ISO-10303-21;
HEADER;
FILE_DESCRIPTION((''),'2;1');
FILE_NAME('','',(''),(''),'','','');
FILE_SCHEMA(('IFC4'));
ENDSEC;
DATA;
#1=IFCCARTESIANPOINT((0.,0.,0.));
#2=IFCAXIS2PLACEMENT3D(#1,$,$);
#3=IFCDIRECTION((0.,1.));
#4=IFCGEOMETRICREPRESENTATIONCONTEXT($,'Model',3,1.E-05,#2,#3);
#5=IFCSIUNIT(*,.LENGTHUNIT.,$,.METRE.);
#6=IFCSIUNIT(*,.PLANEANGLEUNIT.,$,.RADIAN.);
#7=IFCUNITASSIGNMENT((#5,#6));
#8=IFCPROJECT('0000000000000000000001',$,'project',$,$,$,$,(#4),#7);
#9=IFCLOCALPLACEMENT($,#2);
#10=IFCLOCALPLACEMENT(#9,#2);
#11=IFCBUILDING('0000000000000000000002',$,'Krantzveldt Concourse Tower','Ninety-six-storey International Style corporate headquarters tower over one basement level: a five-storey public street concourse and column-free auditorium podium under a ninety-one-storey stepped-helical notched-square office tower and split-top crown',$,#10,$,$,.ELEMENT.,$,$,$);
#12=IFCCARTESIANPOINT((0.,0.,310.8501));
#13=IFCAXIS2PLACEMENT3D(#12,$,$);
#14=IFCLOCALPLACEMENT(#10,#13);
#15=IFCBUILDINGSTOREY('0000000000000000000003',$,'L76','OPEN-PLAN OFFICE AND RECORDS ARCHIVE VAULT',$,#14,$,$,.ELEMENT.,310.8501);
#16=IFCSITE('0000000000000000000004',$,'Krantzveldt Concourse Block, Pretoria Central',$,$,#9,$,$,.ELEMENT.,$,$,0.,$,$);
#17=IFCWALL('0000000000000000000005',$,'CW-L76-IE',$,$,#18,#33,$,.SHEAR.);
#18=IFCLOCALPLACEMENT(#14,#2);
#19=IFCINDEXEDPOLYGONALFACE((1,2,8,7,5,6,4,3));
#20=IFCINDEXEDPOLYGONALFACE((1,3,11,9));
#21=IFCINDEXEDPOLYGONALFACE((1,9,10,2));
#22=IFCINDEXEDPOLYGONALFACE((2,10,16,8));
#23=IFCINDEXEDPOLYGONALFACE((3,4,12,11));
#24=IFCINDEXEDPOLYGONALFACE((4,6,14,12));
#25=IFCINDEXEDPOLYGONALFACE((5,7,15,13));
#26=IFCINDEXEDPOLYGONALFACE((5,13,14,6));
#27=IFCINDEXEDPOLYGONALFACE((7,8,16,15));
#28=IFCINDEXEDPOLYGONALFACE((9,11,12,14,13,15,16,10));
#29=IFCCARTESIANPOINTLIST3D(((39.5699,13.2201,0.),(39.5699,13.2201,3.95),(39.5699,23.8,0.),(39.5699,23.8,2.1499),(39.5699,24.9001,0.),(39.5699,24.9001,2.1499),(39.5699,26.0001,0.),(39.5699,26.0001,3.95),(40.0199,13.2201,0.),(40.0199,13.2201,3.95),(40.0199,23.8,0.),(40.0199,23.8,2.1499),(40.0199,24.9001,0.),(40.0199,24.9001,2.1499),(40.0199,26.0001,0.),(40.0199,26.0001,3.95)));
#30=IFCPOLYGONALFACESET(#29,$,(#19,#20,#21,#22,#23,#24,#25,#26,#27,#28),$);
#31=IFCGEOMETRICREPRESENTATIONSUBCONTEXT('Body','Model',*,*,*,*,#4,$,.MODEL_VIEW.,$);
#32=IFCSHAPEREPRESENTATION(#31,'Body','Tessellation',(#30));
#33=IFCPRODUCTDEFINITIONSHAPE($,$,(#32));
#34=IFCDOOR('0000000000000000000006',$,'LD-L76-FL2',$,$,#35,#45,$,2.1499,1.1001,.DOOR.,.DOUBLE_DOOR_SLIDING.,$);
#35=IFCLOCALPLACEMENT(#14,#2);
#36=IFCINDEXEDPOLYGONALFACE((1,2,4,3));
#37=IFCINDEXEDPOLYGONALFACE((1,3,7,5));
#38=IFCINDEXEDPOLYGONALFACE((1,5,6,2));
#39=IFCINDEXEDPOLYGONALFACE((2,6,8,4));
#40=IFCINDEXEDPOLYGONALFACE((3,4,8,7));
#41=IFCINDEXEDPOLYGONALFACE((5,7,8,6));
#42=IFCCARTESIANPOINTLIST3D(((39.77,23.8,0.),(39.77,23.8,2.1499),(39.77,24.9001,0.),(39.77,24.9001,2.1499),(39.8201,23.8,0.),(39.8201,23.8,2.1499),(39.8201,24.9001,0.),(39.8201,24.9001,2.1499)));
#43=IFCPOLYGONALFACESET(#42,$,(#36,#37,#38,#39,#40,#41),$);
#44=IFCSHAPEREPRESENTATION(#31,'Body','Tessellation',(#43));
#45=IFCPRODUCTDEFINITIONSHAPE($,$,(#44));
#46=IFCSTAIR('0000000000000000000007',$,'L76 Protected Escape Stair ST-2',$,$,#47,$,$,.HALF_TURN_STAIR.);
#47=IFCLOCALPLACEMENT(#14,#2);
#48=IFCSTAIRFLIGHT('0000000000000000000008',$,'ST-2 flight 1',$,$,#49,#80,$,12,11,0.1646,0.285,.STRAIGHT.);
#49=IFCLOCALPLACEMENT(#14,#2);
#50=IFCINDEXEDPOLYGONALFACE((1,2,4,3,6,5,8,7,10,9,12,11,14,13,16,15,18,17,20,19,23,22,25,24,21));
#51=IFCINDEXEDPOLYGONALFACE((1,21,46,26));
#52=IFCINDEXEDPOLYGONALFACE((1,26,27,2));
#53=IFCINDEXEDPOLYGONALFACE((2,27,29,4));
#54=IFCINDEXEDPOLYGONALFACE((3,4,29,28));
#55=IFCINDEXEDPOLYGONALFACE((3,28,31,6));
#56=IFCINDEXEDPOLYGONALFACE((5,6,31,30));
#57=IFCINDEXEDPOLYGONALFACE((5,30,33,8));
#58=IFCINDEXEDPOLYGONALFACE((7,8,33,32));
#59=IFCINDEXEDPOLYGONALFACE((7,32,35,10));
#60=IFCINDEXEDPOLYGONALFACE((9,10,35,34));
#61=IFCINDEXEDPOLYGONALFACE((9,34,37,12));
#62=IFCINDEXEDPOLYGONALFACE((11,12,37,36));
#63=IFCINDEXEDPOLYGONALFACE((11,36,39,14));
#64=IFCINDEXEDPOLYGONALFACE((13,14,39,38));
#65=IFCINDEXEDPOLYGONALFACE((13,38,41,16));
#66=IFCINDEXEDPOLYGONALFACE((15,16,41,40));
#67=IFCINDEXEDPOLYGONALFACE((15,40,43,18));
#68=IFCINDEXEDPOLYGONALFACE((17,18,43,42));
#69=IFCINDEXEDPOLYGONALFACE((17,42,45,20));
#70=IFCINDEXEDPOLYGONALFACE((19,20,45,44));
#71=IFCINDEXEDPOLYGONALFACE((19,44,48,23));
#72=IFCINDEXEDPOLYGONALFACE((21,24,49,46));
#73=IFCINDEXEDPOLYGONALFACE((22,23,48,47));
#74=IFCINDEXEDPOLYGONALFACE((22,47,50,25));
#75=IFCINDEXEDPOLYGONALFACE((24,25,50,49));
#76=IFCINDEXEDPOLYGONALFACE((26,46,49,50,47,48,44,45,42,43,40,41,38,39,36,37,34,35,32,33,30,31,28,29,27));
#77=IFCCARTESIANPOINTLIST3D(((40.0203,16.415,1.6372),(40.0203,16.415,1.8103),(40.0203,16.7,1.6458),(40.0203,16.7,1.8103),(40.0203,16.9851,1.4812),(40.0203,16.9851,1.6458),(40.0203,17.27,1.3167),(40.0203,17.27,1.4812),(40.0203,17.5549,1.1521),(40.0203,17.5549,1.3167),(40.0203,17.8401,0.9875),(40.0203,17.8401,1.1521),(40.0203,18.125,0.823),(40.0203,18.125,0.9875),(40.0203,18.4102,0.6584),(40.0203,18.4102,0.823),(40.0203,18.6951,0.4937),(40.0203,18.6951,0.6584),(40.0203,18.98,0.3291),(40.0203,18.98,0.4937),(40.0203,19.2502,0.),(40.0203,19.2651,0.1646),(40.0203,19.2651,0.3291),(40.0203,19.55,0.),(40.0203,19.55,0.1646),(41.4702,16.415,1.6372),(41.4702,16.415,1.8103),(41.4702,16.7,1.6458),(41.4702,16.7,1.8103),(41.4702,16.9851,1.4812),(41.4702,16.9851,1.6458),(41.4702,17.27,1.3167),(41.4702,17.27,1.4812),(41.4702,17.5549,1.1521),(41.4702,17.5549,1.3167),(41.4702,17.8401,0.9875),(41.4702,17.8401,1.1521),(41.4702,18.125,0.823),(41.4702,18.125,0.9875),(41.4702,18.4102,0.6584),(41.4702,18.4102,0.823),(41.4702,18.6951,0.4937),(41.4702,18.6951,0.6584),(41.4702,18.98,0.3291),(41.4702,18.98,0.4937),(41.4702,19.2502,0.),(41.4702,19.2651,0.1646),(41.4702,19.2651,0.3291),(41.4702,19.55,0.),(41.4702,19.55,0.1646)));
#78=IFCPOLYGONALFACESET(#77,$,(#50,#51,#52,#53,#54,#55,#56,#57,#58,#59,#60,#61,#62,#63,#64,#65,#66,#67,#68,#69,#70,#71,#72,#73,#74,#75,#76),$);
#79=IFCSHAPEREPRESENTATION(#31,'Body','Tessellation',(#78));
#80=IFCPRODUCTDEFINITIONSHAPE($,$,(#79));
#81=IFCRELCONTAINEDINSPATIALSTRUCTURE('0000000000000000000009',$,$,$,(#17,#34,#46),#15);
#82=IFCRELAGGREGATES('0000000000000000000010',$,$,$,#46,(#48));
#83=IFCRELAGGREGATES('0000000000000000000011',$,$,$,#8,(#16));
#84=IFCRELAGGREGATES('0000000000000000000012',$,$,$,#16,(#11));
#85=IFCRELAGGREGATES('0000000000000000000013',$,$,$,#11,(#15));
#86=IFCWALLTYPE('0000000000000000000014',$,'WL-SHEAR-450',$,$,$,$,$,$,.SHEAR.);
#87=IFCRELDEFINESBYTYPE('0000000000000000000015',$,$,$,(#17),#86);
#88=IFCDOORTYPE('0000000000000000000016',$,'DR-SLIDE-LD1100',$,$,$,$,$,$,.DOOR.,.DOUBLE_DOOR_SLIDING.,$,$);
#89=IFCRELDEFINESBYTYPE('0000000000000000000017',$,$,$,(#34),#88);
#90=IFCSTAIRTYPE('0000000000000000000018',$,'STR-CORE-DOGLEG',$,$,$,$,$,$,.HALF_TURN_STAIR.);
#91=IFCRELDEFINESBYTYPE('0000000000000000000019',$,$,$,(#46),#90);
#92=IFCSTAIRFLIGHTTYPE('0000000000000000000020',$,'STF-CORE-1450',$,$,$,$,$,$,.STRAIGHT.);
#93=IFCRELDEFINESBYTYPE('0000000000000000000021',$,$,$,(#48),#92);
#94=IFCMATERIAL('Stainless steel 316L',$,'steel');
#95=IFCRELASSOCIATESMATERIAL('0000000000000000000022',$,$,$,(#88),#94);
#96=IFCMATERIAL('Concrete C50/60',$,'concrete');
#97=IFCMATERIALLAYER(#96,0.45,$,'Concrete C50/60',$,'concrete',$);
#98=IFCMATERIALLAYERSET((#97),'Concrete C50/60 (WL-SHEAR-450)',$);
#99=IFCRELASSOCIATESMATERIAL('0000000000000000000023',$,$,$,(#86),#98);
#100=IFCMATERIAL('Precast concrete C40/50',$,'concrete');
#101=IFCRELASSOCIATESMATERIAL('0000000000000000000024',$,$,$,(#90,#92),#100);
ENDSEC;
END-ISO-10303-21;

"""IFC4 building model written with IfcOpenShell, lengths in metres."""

from ifc_helpers import new_model, si_unit, direction, frame, frame_2d, origin, place, context, subcontext, project, spatial, polyline, rectangle, outline, extrude, material, layer, layer_set, type_object, element, fill, aggregate, save


model = new_model("IFC4")

# Units and contexts
model_context = context("Model", 3, precision=1e-05, world=origin(), true_north=direction((0.0, 1.0)))
body_context = subcontext(model_context, "Body", "Model", "MODEL_VIEW")
ifc_project = project(units=[si_unit("LENGTHUNIT", "METRE"), si_unit("PLANEANGLEUNIT", "RADIAN")], contexts=[model_context])

# Site, building, storey
site_placement = place(None, origin())
site = spatial("IfcSite", under=ifc_project, at=site_placement, Name="Krantzveldt Concourse Block, Pretoria Central", CompositionType="ELEMENT", RefElevation=0.0)
building_placement = place(site_placement, origin())
building = spatial("IfcBuilding", under=site, at=building_placement, Name="Krantzveldt Concourse Tower", Description="Ninety-six-storey International Style corporate headquarters tower over one basement level: a five-storey public street concourse and column-free auditorium podium under a ninety-one-storey stepped-helical notched-square office tower and split-top crown", CompositionType="ELEMENT")
storey_placement = place(building_placement, frame((0.0, 0.0, 310.8501)))
storey = spatial("IfcBuildingStorey", under=building, at=storey_placement, Name="L76", Description="OPEN-PLAN OFFICE AND RECORDS ARCHIVE VAULT", CompositionType="ELEMENT", Elevation=310.8501)

# Shared definitions
ifc_material_1 = material(Name="Stainless steel 316L", Category="steel")
door_type_1 = type_object("IfcDoorType", Name="DR-SLIDE-LD1100", OperationType="DOUBLE_DOOR_SLIDING", PredefinedType="DOOR", material=ifc_material_1)

# Shared definitions
ifc_material_2 = material(Name="Concrete C50/60", Category="concrete")

# Wall, opening, door
ifc_layer_1 = layer(ifc_material_2, 0.45, Name="Concrete C50/60", Category="concrete")
ifc_layer_set_1 = layer_set([ifc_layer_1], Name="Concrete C50/60 (WL-SHEAR-450)")
wall_type_1 = type_object("IfcWallType", Name="WL-SHEAR-450", PredefinedType="SHEAR", material=ifc_layer_set_1)
wall_1_placement = place(storey_placement, frame((39.7949, 13.22, 0.0), z_axis=(0.0, 0.0, 1.0), x_axis=(0.0, 1.0, 0.0)))
wall_1 = element("IfcWall", 1, at=wall_1_placement, inside=storey, type_object=wall_type_1, Name="CW-L76-IE", PredefinedType="SHEAR", context=body_context, shape_type="SweptSolid", body=[
    extrude(rectangle(XDim=12.78, YDim=0.45, at=frame_2d((6.3901, 0.0))), origin(), (0.0, 0.0, 1.0), 3.95),
])
opening_1_placement = place(wall_1_placement, frame((10.5801, 0.0, 0.0)))
opening_1 = element("IfcOpeningElement", 2, at=opening_1_placement, cuts=wall_1, PredefinedType="OPENING", context=body_context, shape_type="SweptSolid", body=[
    extrude(rectangle(XDim=1.1001, YDim=2.1499, at=frame_2d((0.55, 1.075))), frame((0.0, 0.2349, 0.0), z_axis=(0.0, -1.0, 0.0), x_axis=(1.0, 0.0, 0.0)), (0.0, 0.0, 1.0), 0.47),
])
door_1_placement = place(opening_1_placement, origin())
door_1 = element("IfcDoor", 3, at=door_1_placement, inside=storey, type_object=door_type_1, Name="LD-L76-FL2", OperationType="DOUBLE_DOOR_SLIDING", OverallHeight=2.1499, OverallWidth=1.1001, PredefinedType="DOOR", context=body_context, shape_type="SweptSolid", body=[
    extrude(rectangle(XDim=1.1001, YDim=2.1499, at=frame_2d((0.55, 1.075))), frame((0.0, 0.0249, 0.0), z_axis=(0.0, -1.0, 0.0), x_axis=(1.0, 0.0, 0.0)), (0.0, 0.0, 1.0), 0.05),
])
fill(opening_1, door_1)

# Stair, stair flight
ifc_material_3 = material(Name="Precast concrete C40/50", Category="concrete")
stair_type = type_object("IfcStairType", Name="STR-CORE-DOGLEG", PredefinedType="HALF_TURN_STAIR", material=ifc_material_3)
stair_placement = place(storey_placement, origin())
stair = element("IfcStair", 4, at=stair_placement, inside=storey, type_object=stair_type, Name="L76 Protected Escape Stair ST-2", PredefinedType="HALF_TURN_STAIR")
stair_flight_type = type_object("IfcStairFlightType", Name="STF-CORE-1450", PredefinedType="STRAIGHT", material=ifc_material_3)
stair_flight_placement = place(storey_placement, frame((40.7451, 19.55, 0.0), z_axis=(0.0, 0.0, 1.0), x_axis=(0.0, -1.0, 0.0)))
stair_flight = element("IfcStairFlight", 5, at=stair_flight_placement, type_object=stair_flight_type, Name="ST-2 flight 1", NumberOfRisers=12, NumberOfTreads=11, PredefinedType="STRAIGHT", RiserHeight=0.1646, TreadLength=0.285, context=body_context, shape_type="SweptSolid", body=[
    extrude(outline(polyline([(0.0, 0.0), (0.0, 0.1646), (0.2849, 0.1646), (0.2849, 0.3291), (0.5701, 0.3291), (0.5701, 0.4937), (0.855, 0.4937), (0.855, 0.6584), (1.1399, 0.6584), (1.1399, 0.823), (1.425, 0.823), (1.425, 0.9875), (1.71, 0.9875), (1.71, 1.1521), (1.9951, 1.1521), (1.9951, 1.3167), (2.28, 1.3167), (2.28, 1.4812), (2.5649, 1.4812), (2.5649, 1.6458), (2.8501, 1.6458), (2.8501, 1.8103), (3.135, 1.8103), (3.135, 1.9751), (3.135, 1.6372), (0.2998, 0.0), (0.0, 0.0)])), frame((0.0, 0.7251, 0.0), z_axis=(0.0, -1.0, 0.0), x_axis=(1.0, 0.0, 0.0)), (0.0, 0.0, 1.0), 1.45),
])
aggregate(stair, [stair_flight])

save(model, "model.ifc")
